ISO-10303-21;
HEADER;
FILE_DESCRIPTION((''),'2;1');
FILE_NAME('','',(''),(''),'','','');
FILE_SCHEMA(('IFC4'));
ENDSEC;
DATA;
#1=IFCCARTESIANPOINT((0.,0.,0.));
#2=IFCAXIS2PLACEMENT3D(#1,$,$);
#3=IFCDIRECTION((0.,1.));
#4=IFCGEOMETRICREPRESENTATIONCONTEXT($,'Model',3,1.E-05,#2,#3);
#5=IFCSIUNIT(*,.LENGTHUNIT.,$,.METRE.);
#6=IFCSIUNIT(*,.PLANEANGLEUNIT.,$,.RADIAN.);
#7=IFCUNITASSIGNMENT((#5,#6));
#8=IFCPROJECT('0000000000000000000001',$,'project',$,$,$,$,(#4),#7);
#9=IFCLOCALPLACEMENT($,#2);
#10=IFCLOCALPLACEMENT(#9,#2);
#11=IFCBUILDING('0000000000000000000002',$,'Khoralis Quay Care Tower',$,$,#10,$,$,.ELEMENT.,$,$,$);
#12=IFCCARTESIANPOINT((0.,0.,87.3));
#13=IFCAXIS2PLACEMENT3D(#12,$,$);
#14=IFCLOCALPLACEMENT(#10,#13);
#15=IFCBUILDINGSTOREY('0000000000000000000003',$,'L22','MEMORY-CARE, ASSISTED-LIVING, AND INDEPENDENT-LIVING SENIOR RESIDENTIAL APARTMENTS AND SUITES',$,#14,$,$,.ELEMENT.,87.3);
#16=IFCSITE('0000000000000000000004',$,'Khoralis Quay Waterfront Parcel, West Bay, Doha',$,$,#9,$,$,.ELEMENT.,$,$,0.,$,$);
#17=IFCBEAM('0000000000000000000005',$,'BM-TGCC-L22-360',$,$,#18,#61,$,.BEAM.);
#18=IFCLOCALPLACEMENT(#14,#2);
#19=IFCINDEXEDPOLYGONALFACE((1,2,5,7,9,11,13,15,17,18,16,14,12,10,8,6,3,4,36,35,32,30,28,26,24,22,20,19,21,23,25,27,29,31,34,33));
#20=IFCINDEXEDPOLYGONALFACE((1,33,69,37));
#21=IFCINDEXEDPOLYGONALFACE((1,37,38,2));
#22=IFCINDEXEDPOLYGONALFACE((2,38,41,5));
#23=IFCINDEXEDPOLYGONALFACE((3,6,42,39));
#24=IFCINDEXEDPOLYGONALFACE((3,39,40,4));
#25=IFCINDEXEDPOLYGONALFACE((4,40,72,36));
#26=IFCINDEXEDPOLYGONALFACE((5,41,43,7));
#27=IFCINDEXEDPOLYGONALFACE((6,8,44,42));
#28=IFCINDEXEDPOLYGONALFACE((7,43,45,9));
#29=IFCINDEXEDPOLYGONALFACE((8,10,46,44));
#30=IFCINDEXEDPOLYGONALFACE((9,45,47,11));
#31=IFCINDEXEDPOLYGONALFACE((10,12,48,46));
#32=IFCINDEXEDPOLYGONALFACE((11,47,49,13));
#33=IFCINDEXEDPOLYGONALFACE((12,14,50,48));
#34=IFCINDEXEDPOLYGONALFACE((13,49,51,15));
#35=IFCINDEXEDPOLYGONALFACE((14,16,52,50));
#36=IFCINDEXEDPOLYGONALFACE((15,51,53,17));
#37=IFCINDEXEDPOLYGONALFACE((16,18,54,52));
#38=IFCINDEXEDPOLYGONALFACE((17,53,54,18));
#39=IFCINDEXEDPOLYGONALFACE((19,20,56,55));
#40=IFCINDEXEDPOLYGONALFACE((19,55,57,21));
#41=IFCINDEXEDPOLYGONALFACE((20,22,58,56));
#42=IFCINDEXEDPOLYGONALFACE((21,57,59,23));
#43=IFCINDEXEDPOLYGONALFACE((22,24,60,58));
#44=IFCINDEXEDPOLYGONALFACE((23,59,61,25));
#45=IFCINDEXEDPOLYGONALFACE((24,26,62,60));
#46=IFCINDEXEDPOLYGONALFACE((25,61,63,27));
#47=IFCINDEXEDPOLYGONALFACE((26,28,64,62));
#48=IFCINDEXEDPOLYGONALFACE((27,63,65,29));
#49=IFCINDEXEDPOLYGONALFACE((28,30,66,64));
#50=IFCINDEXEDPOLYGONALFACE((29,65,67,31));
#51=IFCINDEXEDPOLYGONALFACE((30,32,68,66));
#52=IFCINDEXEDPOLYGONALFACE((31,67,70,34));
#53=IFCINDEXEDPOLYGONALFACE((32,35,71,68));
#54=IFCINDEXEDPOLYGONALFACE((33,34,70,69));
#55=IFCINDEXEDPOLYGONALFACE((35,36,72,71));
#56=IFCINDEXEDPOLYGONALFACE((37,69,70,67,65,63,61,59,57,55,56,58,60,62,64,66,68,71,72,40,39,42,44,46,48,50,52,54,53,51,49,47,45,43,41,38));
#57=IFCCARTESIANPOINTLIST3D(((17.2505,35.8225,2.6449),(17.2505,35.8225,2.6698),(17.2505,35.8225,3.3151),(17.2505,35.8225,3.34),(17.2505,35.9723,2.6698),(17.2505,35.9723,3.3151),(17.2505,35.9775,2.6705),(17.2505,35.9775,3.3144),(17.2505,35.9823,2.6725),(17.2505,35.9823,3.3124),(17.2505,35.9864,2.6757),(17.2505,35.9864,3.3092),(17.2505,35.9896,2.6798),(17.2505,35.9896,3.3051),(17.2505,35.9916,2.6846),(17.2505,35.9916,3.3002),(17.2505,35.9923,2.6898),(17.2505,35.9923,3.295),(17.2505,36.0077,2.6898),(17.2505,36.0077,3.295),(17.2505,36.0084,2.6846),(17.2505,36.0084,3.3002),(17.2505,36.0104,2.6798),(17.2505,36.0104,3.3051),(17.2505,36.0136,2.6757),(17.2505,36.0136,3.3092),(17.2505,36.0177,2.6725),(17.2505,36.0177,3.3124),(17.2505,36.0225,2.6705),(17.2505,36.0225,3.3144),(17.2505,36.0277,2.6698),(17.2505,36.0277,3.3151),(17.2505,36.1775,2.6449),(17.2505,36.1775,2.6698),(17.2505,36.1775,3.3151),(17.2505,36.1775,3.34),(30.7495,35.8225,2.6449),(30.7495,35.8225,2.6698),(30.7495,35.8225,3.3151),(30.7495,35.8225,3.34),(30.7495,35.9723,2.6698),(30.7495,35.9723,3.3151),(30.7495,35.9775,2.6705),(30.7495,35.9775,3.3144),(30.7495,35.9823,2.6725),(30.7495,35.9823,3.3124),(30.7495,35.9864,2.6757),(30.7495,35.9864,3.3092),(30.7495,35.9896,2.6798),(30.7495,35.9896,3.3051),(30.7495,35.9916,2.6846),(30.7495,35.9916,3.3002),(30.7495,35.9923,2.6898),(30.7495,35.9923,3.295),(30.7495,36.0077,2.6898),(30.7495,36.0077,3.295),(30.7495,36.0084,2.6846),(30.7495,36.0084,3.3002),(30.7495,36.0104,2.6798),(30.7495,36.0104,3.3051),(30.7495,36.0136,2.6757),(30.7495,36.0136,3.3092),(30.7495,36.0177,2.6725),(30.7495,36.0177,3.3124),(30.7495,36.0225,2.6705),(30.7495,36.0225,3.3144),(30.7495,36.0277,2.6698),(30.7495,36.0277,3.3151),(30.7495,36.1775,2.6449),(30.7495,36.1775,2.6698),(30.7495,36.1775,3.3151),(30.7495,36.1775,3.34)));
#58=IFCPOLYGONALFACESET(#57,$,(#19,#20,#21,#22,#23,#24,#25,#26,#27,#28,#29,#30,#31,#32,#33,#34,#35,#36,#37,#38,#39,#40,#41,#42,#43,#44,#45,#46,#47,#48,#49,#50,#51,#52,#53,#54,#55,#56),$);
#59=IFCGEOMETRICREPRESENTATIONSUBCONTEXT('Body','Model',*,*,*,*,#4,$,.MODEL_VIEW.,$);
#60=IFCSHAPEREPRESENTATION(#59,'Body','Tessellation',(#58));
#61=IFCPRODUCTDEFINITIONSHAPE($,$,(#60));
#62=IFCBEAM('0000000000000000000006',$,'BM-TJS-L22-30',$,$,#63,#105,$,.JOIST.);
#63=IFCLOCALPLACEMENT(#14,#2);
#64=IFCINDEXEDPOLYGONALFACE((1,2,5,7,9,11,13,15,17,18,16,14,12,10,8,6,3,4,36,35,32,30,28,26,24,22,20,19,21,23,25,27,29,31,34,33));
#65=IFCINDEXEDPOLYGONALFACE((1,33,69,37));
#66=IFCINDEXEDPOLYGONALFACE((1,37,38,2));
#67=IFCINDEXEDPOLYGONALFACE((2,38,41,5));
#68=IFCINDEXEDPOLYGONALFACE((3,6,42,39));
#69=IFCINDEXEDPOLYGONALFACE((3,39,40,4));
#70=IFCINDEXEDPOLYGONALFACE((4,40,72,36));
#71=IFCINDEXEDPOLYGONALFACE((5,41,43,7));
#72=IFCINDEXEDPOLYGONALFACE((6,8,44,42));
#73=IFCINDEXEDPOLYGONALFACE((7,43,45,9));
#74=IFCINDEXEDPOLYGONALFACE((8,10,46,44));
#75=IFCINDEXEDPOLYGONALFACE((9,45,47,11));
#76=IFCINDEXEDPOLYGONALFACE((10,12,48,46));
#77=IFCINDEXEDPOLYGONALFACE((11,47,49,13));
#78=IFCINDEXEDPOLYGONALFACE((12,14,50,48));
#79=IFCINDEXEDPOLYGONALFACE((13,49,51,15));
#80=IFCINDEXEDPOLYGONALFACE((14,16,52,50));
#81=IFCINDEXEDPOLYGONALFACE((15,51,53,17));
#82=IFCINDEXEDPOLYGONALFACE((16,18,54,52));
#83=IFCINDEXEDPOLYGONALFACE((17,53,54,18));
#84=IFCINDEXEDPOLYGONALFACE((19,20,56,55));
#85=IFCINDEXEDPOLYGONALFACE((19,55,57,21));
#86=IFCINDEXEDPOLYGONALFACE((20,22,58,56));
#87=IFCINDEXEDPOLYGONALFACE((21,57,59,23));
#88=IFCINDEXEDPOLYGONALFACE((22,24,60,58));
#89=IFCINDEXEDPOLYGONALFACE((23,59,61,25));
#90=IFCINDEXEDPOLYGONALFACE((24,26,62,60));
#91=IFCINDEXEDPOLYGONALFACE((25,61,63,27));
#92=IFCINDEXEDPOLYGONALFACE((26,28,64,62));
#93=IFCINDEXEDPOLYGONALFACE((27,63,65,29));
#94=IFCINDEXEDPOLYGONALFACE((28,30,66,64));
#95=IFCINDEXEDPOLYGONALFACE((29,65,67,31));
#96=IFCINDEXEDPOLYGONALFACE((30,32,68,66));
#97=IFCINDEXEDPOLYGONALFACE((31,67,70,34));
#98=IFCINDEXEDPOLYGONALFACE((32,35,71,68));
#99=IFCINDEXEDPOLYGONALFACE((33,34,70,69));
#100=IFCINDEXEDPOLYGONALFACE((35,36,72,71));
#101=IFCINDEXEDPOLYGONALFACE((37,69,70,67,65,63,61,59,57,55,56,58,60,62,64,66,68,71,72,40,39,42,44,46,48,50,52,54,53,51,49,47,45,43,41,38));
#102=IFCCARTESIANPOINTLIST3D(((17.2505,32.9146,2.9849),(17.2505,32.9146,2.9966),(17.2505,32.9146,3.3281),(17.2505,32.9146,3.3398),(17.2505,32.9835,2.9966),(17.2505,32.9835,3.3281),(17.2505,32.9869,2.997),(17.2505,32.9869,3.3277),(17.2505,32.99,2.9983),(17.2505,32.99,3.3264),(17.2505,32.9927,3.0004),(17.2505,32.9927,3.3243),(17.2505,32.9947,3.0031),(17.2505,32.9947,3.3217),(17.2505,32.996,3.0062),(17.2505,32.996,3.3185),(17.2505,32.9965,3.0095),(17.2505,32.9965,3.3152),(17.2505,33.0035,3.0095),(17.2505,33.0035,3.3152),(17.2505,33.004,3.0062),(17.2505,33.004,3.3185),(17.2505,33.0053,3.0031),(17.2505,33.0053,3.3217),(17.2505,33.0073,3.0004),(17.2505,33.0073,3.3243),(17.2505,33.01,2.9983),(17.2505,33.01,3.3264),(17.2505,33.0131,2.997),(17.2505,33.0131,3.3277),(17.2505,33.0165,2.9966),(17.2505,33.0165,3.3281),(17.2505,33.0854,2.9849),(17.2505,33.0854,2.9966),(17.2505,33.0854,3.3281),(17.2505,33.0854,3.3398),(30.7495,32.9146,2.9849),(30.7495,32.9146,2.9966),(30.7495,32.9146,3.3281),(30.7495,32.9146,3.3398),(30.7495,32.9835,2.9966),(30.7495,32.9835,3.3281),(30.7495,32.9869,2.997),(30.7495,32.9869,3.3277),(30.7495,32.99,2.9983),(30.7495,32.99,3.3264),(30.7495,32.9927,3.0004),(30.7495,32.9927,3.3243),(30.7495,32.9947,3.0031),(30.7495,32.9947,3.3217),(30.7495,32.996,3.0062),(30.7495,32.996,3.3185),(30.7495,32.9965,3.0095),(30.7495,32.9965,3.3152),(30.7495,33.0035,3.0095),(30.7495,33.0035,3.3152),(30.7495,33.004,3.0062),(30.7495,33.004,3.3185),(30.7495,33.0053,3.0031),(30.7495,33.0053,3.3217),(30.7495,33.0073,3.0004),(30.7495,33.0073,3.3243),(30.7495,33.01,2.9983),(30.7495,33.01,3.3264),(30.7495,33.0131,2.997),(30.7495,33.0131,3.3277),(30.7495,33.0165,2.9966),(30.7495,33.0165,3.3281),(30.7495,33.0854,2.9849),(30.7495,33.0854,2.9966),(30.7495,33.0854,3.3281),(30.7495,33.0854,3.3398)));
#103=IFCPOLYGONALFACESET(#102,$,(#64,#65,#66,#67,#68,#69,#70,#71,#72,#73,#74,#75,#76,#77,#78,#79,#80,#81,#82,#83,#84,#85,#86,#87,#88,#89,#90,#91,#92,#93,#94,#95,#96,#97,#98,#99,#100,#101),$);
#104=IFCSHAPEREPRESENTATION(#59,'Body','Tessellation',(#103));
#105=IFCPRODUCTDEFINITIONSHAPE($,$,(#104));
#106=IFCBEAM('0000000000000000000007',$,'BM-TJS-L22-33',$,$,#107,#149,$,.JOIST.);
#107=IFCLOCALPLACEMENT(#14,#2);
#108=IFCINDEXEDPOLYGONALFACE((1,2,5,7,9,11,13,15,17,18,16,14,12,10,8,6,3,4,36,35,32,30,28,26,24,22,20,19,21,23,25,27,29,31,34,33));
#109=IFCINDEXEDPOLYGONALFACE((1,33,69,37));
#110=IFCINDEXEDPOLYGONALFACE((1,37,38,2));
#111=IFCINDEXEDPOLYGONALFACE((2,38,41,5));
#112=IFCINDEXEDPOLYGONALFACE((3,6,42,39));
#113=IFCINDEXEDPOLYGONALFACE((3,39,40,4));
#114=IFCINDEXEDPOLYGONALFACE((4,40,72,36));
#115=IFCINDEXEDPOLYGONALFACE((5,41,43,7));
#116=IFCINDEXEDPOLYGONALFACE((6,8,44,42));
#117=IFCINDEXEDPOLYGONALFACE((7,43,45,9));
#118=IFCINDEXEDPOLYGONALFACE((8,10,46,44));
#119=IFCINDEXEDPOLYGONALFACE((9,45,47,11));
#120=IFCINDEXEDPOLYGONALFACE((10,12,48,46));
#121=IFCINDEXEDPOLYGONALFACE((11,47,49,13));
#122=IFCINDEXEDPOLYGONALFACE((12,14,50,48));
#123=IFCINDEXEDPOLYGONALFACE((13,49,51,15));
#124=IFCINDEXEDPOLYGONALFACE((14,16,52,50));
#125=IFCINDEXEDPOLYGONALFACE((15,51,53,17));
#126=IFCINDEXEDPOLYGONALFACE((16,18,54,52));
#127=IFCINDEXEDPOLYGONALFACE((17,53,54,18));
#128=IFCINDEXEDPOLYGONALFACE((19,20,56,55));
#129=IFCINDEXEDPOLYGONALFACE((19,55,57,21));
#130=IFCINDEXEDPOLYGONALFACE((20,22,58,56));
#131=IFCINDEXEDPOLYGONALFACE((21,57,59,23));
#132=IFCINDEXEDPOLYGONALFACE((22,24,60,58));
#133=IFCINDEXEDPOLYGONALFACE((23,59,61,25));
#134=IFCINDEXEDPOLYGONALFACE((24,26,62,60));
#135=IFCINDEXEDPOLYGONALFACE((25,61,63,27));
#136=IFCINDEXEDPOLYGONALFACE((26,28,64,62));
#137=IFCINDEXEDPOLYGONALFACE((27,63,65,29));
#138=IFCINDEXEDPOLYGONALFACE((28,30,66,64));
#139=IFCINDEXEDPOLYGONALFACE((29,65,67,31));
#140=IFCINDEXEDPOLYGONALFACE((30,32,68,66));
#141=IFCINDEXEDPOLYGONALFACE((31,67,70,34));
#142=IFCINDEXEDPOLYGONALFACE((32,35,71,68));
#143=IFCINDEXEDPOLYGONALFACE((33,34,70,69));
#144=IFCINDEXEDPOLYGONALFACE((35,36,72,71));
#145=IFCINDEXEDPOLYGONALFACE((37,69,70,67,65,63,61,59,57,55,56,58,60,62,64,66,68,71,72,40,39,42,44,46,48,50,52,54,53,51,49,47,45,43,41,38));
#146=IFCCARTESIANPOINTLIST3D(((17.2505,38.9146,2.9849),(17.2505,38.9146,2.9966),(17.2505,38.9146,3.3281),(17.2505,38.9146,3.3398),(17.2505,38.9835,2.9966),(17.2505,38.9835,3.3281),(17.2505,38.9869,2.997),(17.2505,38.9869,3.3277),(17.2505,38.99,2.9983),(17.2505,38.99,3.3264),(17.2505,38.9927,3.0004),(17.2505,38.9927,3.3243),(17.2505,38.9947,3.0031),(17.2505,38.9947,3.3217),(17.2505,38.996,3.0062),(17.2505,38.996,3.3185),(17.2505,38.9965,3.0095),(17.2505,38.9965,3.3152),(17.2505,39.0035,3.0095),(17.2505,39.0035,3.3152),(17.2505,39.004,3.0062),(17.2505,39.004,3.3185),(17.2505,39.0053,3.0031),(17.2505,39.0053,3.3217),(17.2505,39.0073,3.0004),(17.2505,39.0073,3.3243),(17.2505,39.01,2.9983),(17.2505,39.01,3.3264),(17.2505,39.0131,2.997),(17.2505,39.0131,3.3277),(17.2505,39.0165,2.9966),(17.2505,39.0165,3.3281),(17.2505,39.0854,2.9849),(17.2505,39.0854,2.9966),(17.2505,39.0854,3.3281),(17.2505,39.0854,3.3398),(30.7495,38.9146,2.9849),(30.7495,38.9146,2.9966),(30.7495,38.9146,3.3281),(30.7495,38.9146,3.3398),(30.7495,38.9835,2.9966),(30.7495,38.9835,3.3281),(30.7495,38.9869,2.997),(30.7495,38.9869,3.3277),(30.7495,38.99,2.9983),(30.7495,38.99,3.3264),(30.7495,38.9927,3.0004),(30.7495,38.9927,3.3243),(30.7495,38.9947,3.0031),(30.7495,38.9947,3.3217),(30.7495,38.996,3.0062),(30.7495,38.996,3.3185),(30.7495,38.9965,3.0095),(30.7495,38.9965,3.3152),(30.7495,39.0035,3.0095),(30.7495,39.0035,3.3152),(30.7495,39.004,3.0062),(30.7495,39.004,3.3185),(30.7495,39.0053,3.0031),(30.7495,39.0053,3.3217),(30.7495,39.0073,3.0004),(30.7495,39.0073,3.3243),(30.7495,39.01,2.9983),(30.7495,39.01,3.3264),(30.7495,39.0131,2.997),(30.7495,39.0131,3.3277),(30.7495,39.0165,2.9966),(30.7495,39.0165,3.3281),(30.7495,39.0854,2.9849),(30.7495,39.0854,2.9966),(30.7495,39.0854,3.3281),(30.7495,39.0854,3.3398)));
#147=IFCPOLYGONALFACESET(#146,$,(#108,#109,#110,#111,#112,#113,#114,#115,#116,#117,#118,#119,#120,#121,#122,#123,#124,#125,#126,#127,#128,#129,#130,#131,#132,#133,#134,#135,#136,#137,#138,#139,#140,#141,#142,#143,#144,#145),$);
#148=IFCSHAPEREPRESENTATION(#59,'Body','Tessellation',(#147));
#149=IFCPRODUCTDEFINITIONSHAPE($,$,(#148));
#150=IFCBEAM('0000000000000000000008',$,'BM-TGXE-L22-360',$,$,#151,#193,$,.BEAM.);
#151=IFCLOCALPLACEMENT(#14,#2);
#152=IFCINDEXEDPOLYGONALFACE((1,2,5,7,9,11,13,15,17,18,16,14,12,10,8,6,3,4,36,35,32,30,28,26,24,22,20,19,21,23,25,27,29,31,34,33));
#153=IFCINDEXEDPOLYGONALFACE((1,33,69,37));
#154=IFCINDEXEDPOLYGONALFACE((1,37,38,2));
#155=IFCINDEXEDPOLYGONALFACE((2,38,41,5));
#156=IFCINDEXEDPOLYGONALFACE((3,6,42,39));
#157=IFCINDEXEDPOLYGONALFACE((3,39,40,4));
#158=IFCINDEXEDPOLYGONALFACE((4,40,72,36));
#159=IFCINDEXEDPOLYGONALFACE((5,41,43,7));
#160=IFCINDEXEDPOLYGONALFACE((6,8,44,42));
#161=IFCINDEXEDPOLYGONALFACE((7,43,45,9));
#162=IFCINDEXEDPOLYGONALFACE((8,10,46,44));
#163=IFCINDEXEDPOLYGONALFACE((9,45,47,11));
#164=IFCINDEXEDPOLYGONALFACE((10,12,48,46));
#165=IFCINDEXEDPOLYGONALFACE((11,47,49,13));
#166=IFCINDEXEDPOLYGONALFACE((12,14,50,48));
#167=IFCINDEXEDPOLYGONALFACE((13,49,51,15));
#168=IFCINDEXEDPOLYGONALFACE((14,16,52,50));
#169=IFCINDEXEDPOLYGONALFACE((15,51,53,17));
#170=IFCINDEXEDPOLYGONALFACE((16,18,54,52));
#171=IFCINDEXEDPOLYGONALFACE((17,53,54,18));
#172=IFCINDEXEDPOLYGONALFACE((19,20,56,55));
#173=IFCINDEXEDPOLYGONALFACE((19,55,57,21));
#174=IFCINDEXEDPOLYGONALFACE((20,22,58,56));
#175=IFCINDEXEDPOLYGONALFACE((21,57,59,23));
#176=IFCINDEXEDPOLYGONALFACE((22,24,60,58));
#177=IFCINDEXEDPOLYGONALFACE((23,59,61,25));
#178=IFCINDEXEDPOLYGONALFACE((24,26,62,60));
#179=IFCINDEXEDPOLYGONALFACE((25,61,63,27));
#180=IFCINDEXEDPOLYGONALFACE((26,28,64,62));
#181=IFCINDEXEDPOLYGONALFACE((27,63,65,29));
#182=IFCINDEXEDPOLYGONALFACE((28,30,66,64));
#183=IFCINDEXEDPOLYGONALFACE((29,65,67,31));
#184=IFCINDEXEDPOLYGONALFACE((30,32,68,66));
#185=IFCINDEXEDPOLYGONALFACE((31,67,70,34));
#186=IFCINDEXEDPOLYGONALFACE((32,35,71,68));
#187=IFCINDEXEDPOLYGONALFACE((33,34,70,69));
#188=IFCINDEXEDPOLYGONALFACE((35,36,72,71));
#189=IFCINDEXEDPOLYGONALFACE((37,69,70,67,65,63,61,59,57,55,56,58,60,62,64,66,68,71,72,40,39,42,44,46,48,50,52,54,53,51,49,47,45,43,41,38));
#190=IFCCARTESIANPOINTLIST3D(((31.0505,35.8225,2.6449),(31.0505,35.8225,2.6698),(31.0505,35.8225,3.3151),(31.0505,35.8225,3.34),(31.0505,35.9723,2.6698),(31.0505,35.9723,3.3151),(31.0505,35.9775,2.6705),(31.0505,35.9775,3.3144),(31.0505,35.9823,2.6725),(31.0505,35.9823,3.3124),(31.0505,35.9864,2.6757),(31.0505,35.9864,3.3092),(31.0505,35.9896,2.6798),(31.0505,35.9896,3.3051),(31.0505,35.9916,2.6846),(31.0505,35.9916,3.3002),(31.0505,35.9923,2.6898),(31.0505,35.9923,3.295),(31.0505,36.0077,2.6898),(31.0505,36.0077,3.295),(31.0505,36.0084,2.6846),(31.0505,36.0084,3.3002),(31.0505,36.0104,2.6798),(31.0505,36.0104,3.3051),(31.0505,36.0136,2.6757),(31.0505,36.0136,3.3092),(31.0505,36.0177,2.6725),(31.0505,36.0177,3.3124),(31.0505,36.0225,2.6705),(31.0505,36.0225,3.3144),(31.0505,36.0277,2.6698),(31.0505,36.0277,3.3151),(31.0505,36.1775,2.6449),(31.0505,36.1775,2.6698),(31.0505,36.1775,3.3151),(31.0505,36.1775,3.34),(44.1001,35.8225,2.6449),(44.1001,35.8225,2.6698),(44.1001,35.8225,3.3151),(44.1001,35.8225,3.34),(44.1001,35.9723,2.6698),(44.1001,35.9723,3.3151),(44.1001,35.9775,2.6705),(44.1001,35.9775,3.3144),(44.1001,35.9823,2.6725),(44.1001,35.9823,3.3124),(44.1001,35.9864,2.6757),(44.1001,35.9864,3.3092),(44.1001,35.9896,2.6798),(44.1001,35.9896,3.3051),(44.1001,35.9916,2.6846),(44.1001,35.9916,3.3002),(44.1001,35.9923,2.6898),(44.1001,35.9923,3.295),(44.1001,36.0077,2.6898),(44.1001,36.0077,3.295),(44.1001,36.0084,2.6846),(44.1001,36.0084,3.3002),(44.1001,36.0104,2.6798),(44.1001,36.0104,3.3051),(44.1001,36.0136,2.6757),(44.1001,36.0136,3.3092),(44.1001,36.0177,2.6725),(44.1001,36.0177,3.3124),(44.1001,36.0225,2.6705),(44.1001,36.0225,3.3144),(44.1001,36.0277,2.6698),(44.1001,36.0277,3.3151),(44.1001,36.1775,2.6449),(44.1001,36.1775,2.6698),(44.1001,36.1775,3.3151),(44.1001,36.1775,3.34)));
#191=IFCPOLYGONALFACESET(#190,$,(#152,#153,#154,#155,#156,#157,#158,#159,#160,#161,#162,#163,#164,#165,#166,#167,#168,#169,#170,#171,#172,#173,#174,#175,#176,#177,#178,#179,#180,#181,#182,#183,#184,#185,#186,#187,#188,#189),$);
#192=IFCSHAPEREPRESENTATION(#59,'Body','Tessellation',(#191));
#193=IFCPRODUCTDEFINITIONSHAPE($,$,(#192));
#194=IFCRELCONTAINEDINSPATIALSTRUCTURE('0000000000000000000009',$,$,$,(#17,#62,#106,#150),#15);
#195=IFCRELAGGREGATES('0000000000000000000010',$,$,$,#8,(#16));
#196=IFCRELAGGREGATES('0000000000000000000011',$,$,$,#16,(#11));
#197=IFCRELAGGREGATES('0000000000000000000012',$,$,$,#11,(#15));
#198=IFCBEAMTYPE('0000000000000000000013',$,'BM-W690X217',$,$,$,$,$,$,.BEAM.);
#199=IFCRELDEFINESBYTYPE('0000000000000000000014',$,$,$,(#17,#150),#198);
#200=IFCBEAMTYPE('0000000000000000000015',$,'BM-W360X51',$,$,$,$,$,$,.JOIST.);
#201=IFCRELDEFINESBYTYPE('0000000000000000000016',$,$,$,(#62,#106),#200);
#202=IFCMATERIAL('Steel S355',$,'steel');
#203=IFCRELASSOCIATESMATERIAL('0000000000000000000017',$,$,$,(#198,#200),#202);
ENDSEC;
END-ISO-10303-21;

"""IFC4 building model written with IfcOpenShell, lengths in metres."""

from ifc_helpers import new_model, si_unit, direction, frame, origin, origin_2d, place, context, subcontext, project, spatial, i_section, extrude, source, transform, mapped, material, material_profile, profile_set, type_object, element, save


model = new_model("IFC4")

# Units and contexts
model_context = context("Model", 3, precision=1e-05, world=origin(), true_north=direction((0.0, 1.0)))
body_context = subcontext(model_context, "Body", "Model", "MODEL_VIEW")
ifc_project = project(units=[si_unit("LENGTHUNIT", "METRE"), si_unit("PLANEANGLEUNIT", "RADIAN")], contexts=[model_context])

# Site, building, storey
site_placement = place(None, origin())
site = spatial("IfcSite", under=ifc_project, at=site_placement, Name="Khoralis Quay Waterfront Parcel, West Bay, Doha", CompositionType="ELEMENT", RefElevation=0.0)
building_placement = place(site_placement, origin())
building = spatial("IfcBuilding", under=site, at=building_placement, Name="Khoralis Quay Care Tower", CompositionType="ELEMENT")
storey_placement = place(building_placement, frame((0.0, 0.0, 87.3)))
storey = spatial("IfcBuildingStorey", under=building, at=storey_placement, Name="L22", Description="MEMORY-CARE, ASSISTED-LIVING, AND INDEPENDENT-LIVING SENIOR RESIDENTIAL APARTMENTS AND SUITES", CompositionType="ELEMENT", Elevation=87.3)

# Beams
ifc_material_1 = material(Name="Steel S355", Category="steel")
ifc_material_profile_1 = material_profile(ifc_material_1, i_section(OverallWidth=0.355, OverallDepth=0.6951, WebThickness=0.0154, FlangeThickness=0.0249, FilletRadius=0.02, at=origin_2d()), Name="Steel S355")
ifc_profile_set_1 = profile_set([ifc_material_profile_1], Name="Steel S355")
beam_type_1 = type_object("IfcBeamType", Name="BM-W690X217", PredefinedType="BEAM", material=ifc_profile_set_1)
shared_shape_1 = source(origin(), body_context, "Body", "SweptSolid", [
    extrude(i_section(OverallWidth=0.355, OverallDepth=0.6951, WebThickness=0.0154, FlangeThickness=0.0249, FilletRadius=0.02, at=origin_2d()), origin(), (0.0, 0.0, 1.0), 13.499),
])
beam_1_placement = place(storey_placement, frame((17.2505, 36.0, 2.9924), z_axis=(1.0, 0.0, 0.0), x_axis=(0.0, 1.0, 0.0)))
element("IfcBeam", 1, at=beam_1_placement, inside=storey, type_object=beam_type_1, Name="BM-TGCC-L22-360", PredefinedType="BEAM", context=body_context, shape_type="MappedRepresentation", body=[
    mapped(shared_shape_1, transform((0.0, 0.0, 0.0), scale=1.0)),
])
ifc_material_profile_2 = material_profile(ifc_material_1, i_section(OverallWidth=0.1709, OverallDepth=0.355, WebThickness=0.0071, FlangeThickness=0.0117, FilletRadius=0.0129, at=origin_2d()), Name="Steel S355")
ifc_profile_set_2 = profile_set([ifc_material_profile_2], Name="Steel S355")
beam_type_2 = type_object("IfcBeamType", Name="BM-W360X51", PredefinedType="JOIST", material=ifc_profile_set_2)
shared_shape_2 = source(origin(), body_context, "Body", "SweptSolid", [
    extrude(i_section(OverallWidth=0.1709, OverallDepth=0.355, WebThickness=0.0071, FlangeThickness=0.0117, FilletRadius=0.0129, at=origin_2d()), origin(), (0.0, 0.0, 1.0), 13.499),
])
for number, where, z_axis, x_axis, name in (
    (2, (17.2505, 33.0, 3.1624), (1.0, 0.0, 0.0), (0.0, 1.0, 0.0), "BM-TJS-L22-30"),
    (3, (17.2505, 39.0, 3.1624), (1.0, 0.0, 0.0), (0.0, 1.0, 0.0), "BM-TJS-L22-33"),
):
    element("IfcBeam", number, at=place(storey_placement, frame(where, z_axis=z_axis, x_axis=x_axis)), inside=storey, type_object=beam_type_2, Name=name, PredefinedType="JOIST", context=body_context, shape_type="MappedRepresentation", body=[
        mapped(shared_shape_2, transform((0.0, 0.0, 0.0), scale=1.0)),
    ])
shared_shape_3 = source(origin(), body_context, "Body", "SweptSolid", [
    extrude(i_section(OverallWidth=0.355, OverallDepth=0.6951, WebThickness=0.0154, FlangeThickness=0.0249, FilletRadius=0.02, at=origin_2d()), origin(), (0.0, 0.0, 1.0), 13.0496),
])
beam_2_placement = place(storey_placement, frame((31.0505, 36.0, 2.9924), z_axis=(1.0, 0.0, 0.0), x_axis=(0.0, 1.0, 0.0)))
element("IfcBeam", 4, at=beam_2_placement, inside=storey, type_object=beam_type_1, Name="BM-TGXE-L22-360", PredefinedType="BEAM", context=body_context, shape_type="MappedRepresentation", body=[
    mapped(shared_shape_3, transform((0.0, 0.0, 0.0), scale=1.0)),
])

save(model, "model.ifc")
